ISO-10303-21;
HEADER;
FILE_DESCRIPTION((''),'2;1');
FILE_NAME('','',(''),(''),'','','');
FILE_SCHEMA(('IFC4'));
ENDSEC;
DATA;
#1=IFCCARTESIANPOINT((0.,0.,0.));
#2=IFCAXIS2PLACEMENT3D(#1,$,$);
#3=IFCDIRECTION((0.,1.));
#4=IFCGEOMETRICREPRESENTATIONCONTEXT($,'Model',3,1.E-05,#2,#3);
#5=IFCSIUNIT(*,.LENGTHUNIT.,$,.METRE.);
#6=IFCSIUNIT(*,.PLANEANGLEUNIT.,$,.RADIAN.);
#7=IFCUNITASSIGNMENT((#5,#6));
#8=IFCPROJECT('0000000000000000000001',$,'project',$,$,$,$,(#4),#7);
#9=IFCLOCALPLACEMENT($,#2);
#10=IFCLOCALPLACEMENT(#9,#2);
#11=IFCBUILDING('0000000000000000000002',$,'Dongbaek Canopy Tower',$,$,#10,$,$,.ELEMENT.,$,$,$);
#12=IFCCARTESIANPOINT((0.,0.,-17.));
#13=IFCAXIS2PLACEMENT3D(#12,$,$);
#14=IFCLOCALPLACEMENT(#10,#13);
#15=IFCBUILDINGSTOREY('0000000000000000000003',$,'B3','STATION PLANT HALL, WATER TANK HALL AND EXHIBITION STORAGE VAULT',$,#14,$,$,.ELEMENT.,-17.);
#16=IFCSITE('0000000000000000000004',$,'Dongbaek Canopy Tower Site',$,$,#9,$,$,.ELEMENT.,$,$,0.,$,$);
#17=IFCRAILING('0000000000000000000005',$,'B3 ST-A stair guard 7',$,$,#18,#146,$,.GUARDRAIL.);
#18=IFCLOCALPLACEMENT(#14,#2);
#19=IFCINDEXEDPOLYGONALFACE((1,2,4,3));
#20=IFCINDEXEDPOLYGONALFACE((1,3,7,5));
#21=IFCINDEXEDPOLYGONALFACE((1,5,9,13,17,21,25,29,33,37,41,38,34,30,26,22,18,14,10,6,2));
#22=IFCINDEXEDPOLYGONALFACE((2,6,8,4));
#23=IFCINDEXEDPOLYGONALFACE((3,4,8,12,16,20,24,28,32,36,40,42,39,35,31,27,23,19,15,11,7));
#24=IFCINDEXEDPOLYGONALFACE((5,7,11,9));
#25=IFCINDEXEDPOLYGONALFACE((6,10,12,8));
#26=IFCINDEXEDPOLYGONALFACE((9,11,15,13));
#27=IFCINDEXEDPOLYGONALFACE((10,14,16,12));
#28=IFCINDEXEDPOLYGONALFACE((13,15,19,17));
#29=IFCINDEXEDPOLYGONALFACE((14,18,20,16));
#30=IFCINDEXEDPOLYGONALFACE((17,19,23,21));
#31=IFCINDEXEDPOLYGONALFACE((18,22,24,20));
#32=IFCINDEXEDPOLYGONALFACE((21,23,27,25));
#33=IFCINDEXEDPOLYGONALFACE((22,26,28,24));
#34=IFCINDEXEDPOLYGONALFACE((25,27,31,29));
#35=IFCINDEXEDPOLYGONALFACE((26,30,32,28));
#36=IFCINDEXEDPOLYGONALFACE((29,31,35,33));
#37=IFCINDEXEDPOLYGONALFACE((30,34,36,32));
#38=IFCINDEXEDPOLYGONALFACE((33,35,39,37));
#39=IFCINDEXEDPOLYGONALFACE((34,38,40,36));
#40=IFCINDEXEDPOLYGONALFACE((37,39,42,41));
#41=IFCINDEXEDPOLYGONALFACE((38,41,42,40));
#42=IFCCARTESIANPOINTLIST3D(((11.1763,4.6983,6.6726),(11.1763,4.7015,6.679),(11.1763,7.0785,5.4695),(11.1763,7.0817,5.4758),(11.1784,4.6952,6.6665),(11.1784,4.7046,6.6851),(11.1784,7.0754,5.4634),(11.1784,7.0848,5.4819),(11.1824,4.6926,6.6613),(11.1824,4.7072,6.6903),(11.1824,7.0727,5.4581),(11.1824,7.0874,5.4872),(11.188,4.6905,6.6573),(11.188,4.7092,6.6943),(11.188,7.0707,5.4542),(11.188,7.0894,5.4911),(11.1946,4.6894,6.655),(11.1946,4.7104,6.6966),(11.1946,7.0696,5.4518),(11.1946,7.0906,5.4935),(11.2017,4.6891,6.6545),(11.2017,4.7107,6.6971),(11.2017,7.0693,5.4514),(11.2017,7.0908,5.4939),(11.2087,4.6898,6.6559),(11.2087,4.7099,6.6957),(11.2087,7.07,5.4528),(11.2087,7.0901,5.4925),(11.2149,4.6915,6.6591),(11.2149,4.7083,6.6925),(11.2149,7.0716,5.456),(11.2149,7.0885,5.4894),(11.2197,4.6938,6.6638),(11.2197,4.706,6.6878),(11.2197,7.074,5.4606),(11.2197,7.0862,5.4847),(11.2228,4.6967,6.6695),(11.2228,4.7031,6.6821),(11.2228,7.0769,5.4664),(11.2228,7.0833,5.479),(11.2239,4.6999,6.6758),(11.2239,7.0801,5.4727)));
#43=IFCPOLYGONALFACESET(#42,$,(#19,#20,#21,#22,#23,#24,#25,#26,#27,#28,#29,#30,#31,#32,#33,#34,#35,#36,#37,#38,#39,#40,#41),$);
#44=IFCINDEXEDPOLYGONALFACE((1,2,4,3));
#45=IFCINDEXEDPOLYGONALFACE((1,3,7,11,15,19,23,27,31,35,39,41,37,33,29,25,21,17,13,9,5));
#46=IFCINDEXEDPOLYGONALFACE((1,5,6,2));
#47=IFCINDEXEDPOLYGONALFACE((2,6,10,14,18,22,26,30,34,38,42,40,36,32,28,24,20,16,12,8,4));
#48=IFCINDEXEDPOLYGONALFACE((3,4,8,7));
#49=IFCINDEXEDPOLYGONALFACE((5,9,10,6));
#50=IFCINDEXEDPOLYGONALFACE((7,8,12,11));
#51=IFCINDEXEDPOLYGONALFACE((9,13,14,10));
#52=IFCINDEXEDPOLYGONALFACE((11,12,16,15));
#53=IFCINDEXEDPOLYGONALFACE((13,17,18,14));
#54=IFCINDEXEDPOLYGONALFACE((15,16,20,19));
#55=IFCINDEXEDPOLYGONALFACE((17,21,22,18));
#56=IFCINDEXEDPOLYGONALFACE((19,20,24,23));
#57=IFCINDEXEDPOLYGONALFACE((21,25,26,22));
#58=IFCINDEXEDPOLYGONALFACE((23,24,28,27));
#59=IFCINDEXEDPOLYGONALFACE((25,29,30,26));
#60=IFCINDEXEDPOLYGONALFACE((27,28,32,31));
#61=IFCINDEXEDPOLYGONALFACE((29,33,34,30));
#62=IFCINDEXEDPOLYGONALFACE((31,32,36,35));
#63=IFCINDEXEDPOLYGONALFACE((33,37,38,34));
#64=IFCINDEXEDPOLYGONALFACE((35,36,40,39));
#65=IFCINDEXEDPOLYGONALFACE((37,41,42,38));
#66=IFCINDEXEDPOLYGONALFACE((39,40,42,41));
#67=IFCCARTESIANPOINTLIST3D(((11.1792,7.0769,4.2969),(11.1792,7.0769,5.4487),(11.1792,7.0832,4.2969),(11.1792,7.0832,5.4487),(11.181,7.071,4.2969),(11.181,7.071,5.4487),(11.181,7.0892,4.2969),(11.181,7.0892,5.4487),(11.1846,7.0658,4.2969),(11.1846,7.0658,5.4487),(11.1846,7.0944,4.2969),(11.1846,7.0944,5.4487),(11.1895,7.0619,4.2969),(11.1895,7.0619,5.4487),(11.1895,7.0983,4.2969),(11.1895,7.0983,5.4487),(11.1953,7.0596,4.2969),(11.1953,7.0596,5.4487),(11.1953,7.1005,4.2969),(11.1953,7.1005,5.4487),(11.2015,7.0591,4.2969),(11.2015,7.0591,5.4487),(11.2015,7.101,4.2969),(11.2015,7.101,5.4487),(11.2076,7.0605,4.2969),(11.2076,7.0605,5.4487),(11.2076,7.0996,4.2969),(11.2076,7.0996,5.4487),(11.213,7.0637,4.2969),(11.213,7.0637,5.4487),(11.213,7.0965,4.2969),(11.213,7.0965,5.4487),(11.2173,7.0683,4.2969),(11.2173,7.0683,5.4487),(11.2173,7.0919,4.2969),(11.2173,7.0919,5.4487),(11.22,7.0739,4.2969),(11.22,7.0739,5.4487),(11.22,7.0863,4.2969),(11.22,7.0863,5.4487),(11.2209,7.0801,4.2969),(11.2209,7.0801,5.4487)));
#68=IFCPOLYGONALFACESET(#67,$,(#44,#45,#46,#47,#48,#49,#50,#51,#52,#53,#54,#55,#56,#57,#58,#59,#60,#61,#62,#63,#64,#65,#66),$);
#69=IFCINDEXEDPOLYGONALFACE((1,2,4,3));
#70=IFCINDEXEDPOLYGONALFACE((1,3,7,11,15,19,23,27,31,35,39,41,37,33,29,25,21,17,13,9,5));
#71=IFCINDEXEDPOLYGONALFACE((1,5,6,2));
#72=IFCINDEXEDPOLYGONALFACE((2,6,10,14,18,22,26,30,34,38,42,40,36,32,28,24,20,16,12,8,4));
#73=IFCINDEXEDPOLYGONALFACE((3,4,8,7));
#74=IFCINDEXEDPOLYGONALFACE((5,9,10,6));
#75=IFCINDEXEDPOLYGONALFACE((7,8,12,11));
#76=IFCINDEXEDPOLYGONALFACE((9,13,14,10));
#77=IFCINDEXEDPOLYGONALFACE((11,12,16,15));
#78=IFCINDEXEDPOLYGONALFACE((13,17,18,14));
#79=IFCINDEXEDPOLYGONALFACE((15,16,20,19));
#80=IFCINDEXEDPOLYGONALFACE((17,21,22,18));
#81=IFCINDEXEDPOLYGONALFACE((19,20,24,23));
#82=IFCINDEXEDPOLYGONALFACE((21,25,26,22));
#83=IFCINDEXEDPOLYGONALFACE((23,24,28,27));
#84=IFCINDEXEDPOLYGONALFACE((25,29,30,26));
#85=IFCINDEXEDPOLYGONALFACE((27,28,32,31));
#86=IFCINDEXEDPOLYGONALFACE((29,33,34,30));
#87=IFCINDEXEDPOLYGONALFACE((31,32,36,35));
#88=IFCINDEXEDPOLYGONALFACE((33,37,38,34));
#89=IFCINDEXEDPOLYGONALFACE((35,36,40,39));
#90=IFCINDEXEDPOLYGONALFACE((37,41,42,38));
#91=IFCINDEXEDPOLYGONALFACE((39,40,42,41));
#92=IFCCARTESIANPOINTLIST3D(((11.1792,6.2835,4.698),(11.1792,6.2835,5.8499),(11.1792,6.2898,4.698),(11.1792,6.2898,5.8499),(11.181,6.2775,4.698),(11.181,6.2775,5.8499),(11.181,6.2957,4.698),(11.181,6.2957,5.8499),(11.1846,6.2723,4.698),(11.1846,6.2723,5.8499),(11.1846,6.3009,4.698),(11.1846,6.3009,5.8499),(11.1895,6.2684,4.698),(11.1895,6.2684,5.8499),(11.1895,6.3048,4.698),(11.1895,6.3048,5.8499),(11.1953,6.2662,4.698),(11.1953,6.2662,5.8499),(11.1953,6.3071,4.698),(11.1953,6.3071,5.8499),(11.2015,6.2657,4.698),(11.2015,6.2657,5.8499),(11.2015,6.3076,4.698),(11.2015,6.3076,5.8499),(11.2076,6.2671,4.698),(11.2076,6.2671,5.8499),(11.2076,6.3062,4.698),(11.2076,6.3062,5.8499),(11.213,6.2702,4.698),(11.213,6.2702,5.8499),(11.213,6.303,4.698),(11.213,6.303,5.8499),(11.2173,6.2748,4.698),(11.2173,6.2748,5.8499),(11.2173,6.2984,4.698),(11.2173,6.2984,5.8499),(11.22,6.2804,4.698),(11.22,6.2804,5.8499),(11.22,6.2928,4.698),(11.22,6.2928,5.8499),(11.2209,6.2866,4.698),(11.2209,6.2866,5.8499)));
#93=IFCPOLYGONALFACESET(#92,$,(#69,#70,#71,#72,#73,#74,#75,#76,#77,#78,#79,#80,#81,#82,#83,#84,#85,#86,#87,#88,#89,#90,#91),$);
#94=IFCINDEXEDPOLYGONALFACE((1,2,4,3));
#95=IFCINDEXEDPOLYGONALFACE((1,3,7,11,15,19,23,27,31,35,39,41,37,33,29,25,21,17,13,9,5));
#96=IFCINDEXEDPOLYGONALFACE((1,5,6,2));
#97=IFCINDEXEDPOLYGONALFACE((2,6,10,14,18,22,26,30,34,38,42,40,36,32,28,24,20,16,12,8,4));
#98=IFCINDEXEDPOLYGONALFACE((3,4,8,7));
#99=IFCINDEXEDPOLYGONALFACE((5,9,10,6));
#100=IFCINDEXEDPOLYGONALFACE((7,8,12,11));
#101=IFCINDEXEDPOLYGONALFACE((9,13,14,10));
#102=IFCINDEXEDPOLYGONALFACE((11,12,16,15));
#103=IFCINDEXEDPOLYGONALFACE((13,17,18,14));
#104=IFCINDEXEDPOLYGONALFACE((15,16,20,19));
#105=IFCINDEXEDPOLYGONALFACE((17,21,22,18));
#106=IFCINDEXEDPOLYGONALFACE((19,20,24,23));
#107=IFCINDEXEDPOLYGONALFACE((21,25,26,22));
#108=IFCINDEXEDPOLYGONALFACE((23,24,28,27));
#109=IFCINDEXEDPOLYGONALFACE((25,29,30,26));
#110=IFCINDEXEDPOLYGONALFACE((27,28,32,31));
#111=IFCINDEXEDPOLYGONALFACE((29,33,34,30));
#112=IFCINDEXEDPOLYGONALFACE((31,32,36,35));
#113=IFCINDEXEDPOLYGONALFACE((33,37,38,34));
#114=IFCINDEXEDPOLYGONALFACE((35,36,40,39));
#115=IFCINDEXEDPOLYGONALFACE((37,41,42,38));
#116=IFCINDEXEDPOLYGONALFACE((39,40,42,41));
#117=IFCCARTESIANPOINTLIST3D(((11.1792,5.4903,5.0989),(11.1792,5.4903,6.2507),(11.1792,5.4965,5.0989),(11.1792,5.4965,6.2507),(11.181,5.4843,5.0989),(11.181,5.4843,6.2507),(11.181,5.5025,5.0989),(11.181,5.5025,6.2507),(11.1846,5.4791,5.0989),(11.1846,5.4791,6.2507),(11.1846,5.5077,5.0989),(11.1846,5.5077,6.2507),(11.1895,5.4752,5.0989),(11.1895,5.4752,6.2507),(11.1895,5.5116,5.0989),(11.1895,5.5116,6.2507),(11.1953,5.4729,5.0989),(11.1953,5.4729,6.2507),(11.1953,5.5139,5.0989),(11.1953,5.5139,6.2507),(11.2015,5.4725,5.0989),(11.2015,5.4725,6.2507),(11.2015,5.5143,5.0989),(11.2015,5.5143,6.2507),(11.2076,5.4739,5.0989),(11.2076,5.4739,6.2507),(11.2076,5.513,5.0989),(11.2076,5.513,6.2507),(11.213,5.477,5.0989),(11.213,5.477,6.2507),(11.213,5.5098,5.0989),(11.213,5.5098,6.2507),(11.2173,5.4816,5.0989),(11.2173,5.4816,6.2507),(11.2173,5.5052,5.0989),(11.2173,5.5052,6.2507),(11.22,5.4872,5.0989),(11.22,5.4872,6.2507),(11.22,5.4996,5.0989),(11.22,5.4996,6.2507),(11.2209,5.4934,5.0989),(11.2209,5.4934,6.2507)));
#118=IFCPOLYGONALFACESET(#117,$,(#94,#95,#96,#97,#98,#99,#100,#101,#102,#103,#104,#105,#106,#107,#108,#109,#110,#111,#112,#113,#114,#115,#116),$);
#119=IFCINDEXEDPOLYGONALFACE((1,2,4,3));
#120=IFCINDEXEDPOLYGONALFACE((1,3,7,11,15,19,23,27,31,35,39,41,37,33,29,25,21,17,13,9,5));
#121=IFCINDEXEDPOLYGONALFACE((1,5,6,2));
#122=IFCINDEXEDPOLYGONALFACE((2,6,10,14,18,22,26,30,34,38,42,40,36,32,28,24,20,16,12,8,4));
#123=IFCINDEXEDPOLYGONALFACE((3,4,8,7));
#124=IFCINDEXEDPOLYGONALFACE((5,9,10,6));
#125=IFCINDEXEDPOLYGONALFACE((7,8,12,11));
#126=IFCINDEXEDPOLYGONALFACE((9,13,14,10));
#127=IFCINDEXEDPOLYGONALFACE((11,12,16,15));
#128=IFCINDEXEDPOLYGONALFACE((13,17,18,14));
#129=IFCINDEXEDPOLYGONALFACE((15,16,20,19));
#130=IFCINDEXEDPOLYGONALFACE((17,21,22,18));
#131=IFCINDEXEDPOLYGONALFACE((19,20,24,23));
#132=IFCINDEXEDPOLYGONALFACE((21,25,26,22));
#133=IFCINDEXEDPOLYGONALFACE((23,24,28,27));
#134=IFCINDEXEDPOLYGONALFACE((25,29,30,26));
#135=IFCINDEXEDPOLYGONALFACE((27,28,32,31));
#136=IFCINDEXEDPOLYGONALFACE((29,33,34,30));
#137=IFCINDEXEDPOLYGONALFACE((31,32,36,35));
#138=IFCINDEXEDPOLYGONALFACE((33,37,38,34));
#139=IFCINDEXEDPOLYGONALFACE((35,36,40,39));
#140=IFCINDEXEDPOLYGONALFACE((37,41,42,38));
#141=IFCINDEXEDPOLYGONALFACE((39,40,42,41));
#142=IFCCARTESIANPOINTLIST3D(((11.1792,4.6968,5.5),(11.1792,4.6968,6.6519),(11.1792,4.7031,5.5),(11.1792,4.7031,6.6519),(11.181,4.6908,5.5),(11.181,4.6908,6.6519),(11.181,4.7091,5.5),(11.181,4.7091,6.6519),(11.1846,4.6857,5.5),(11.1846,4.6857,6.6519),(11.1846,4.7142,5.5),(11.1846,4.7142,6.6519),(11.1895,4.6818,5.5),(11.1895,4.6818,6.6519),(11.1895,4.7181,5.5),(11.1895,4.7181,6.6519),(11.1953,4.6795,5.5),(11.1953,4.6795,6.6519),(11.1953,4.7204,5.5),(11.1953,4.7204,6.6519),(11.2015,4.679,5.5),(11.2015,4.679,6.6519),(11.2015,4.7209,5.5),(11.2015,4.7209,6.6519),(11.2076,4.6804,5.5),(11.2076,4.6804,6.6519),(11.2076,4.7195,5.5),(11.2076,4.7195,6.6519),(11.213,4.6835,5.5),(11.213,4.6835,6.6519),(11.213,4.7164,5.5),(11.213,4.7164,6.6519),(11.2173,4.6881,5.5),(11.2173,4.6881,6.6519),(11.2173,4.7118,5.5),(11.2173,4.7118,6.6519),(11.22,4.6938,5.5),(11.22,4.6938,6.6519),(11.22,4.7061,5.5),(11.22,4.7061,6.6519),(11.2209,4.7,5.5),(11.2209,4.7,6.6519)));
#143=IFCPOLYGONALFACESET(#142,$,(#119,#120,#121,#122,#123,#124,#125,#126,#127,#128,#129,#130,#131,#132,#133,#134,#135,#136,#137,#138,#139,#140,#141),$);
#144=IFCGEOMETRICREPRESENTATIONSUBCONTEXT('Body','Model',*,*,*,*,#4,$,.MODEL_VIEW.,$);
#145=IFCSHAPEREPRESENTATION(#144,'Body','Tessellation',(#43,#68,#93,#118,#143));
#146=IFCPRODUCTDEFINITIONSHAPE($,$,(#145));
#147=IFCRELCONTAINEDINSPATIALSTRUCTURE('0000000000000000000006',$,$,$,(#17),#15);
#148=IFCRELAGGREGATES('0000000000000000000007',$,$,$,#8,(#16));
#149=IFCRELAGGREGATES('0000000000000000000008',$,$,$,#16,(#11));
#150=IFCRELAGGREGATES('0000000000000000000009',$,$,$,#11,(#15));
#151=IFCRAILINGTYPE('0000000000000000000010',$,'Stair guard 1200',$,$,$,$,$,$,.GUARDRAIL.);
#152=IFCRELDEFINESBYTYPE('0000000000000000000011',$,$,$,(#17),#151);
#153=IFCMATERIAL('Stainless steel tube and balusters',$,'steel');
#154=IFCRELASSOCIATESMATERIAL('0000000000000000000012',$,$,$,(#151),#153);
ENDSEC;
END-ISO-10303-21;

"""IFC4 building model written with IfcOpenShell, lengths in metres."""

from ifc_helpers import new_model, si_unit, direction, frame, origin, origin_2d, place, context, subcontext, project, spatial, circle, extrude, material, type_object, element, save


model = new_model("IFC4")

# Units and contexts
model_context = context("Model", 3, precision=1e-05, world=origin(), true_north=direction((0.0, 1.0)))
body_context = subcontext(model_context, "Body", "Model", "MODEL_VIEW")
ifc_project = project(units=[si_unit("LENGTHUNIT", "METRE"), si_unit("PLANEANGLEUNIT", "RADIAN")], contexts=[model_context])

# Site, building, storey
site_placement = place(None, origin())
site = spatial("IfcSite", under=ifc_project, at=site_placement, Name="Dongbaek Canopy Tower Site", CompositionType="ELEMENT", RefElevation=0.0)
building_placement = place(site_placement, origin())
building = spatial("IfcBuilding", under=site, at=building_placement, Name="Dongbaek Canopy Tower", CompositionType="ELEMENT")
storey_placement = place(building_placement, frame((0.0, 0.0, -17.0)))
storey = spatial("IfcBuildingStorey", under=building, at=storey_placement, Name="B3", Description="STATION PLANT HALL, WATER TANK HALL AND EXHIBITION STORAGE VAULT", CompositionType="ELEMENT", Elevation=-17.0)

# Railing
ifc_material_1 = material(Name="Stainless steel tube and balusters", Category="steel")
railing_type_1 = type_object("IfcRailingType", Name="Stair guard 1200", PredefinedType="GUARDRAIL", material=ifc_material_1)
railing_1_placement = place(storey_placement, frame((11.2, 7.0801, 4.2969)))
element("IfcRailing", 1, at=railing_1_placement, inside=storey, type_object=railing_type_1, Name="B3 ST-A stair guard 7", PredefinedType="GUARDRAIL", context=body_context, shape_type="SweptSolid", body=[
    extrude(circle(Radius=0.0239, at=origin_2d()), frame((0.0, 0.0, 1.1758), z_axis=(0.0, -0.89246, 0.451127), x_axis=(1.0, 0.0, 0.0)), (0.0, 0.0, 1.0), 2.667),
    extrude(circle(Radius=0.021, at=origin_2d()), origin(), (0.0, 0.0, 1.0), 1.1519),
    extrude(circle(Radius=0.021, at=origin_2d()), frame((0.0, -0.7935, 0.4011)), (0.0, 0.0, 1.0), 1.1519),
    extrude(circle(Radius=0.021, at=origin_2d()), frame((0.0, -1.5867, 0.802)), (0.0, 0.0, 1.0), 1.1519),
    extrude(circle(Radius=0.021, at=origin_2d()), frame((0.0, -2.3801, 1.2031)), (0.0, 0.0, 1.0), 1.1519),
])

save(model, "model.ifc")
